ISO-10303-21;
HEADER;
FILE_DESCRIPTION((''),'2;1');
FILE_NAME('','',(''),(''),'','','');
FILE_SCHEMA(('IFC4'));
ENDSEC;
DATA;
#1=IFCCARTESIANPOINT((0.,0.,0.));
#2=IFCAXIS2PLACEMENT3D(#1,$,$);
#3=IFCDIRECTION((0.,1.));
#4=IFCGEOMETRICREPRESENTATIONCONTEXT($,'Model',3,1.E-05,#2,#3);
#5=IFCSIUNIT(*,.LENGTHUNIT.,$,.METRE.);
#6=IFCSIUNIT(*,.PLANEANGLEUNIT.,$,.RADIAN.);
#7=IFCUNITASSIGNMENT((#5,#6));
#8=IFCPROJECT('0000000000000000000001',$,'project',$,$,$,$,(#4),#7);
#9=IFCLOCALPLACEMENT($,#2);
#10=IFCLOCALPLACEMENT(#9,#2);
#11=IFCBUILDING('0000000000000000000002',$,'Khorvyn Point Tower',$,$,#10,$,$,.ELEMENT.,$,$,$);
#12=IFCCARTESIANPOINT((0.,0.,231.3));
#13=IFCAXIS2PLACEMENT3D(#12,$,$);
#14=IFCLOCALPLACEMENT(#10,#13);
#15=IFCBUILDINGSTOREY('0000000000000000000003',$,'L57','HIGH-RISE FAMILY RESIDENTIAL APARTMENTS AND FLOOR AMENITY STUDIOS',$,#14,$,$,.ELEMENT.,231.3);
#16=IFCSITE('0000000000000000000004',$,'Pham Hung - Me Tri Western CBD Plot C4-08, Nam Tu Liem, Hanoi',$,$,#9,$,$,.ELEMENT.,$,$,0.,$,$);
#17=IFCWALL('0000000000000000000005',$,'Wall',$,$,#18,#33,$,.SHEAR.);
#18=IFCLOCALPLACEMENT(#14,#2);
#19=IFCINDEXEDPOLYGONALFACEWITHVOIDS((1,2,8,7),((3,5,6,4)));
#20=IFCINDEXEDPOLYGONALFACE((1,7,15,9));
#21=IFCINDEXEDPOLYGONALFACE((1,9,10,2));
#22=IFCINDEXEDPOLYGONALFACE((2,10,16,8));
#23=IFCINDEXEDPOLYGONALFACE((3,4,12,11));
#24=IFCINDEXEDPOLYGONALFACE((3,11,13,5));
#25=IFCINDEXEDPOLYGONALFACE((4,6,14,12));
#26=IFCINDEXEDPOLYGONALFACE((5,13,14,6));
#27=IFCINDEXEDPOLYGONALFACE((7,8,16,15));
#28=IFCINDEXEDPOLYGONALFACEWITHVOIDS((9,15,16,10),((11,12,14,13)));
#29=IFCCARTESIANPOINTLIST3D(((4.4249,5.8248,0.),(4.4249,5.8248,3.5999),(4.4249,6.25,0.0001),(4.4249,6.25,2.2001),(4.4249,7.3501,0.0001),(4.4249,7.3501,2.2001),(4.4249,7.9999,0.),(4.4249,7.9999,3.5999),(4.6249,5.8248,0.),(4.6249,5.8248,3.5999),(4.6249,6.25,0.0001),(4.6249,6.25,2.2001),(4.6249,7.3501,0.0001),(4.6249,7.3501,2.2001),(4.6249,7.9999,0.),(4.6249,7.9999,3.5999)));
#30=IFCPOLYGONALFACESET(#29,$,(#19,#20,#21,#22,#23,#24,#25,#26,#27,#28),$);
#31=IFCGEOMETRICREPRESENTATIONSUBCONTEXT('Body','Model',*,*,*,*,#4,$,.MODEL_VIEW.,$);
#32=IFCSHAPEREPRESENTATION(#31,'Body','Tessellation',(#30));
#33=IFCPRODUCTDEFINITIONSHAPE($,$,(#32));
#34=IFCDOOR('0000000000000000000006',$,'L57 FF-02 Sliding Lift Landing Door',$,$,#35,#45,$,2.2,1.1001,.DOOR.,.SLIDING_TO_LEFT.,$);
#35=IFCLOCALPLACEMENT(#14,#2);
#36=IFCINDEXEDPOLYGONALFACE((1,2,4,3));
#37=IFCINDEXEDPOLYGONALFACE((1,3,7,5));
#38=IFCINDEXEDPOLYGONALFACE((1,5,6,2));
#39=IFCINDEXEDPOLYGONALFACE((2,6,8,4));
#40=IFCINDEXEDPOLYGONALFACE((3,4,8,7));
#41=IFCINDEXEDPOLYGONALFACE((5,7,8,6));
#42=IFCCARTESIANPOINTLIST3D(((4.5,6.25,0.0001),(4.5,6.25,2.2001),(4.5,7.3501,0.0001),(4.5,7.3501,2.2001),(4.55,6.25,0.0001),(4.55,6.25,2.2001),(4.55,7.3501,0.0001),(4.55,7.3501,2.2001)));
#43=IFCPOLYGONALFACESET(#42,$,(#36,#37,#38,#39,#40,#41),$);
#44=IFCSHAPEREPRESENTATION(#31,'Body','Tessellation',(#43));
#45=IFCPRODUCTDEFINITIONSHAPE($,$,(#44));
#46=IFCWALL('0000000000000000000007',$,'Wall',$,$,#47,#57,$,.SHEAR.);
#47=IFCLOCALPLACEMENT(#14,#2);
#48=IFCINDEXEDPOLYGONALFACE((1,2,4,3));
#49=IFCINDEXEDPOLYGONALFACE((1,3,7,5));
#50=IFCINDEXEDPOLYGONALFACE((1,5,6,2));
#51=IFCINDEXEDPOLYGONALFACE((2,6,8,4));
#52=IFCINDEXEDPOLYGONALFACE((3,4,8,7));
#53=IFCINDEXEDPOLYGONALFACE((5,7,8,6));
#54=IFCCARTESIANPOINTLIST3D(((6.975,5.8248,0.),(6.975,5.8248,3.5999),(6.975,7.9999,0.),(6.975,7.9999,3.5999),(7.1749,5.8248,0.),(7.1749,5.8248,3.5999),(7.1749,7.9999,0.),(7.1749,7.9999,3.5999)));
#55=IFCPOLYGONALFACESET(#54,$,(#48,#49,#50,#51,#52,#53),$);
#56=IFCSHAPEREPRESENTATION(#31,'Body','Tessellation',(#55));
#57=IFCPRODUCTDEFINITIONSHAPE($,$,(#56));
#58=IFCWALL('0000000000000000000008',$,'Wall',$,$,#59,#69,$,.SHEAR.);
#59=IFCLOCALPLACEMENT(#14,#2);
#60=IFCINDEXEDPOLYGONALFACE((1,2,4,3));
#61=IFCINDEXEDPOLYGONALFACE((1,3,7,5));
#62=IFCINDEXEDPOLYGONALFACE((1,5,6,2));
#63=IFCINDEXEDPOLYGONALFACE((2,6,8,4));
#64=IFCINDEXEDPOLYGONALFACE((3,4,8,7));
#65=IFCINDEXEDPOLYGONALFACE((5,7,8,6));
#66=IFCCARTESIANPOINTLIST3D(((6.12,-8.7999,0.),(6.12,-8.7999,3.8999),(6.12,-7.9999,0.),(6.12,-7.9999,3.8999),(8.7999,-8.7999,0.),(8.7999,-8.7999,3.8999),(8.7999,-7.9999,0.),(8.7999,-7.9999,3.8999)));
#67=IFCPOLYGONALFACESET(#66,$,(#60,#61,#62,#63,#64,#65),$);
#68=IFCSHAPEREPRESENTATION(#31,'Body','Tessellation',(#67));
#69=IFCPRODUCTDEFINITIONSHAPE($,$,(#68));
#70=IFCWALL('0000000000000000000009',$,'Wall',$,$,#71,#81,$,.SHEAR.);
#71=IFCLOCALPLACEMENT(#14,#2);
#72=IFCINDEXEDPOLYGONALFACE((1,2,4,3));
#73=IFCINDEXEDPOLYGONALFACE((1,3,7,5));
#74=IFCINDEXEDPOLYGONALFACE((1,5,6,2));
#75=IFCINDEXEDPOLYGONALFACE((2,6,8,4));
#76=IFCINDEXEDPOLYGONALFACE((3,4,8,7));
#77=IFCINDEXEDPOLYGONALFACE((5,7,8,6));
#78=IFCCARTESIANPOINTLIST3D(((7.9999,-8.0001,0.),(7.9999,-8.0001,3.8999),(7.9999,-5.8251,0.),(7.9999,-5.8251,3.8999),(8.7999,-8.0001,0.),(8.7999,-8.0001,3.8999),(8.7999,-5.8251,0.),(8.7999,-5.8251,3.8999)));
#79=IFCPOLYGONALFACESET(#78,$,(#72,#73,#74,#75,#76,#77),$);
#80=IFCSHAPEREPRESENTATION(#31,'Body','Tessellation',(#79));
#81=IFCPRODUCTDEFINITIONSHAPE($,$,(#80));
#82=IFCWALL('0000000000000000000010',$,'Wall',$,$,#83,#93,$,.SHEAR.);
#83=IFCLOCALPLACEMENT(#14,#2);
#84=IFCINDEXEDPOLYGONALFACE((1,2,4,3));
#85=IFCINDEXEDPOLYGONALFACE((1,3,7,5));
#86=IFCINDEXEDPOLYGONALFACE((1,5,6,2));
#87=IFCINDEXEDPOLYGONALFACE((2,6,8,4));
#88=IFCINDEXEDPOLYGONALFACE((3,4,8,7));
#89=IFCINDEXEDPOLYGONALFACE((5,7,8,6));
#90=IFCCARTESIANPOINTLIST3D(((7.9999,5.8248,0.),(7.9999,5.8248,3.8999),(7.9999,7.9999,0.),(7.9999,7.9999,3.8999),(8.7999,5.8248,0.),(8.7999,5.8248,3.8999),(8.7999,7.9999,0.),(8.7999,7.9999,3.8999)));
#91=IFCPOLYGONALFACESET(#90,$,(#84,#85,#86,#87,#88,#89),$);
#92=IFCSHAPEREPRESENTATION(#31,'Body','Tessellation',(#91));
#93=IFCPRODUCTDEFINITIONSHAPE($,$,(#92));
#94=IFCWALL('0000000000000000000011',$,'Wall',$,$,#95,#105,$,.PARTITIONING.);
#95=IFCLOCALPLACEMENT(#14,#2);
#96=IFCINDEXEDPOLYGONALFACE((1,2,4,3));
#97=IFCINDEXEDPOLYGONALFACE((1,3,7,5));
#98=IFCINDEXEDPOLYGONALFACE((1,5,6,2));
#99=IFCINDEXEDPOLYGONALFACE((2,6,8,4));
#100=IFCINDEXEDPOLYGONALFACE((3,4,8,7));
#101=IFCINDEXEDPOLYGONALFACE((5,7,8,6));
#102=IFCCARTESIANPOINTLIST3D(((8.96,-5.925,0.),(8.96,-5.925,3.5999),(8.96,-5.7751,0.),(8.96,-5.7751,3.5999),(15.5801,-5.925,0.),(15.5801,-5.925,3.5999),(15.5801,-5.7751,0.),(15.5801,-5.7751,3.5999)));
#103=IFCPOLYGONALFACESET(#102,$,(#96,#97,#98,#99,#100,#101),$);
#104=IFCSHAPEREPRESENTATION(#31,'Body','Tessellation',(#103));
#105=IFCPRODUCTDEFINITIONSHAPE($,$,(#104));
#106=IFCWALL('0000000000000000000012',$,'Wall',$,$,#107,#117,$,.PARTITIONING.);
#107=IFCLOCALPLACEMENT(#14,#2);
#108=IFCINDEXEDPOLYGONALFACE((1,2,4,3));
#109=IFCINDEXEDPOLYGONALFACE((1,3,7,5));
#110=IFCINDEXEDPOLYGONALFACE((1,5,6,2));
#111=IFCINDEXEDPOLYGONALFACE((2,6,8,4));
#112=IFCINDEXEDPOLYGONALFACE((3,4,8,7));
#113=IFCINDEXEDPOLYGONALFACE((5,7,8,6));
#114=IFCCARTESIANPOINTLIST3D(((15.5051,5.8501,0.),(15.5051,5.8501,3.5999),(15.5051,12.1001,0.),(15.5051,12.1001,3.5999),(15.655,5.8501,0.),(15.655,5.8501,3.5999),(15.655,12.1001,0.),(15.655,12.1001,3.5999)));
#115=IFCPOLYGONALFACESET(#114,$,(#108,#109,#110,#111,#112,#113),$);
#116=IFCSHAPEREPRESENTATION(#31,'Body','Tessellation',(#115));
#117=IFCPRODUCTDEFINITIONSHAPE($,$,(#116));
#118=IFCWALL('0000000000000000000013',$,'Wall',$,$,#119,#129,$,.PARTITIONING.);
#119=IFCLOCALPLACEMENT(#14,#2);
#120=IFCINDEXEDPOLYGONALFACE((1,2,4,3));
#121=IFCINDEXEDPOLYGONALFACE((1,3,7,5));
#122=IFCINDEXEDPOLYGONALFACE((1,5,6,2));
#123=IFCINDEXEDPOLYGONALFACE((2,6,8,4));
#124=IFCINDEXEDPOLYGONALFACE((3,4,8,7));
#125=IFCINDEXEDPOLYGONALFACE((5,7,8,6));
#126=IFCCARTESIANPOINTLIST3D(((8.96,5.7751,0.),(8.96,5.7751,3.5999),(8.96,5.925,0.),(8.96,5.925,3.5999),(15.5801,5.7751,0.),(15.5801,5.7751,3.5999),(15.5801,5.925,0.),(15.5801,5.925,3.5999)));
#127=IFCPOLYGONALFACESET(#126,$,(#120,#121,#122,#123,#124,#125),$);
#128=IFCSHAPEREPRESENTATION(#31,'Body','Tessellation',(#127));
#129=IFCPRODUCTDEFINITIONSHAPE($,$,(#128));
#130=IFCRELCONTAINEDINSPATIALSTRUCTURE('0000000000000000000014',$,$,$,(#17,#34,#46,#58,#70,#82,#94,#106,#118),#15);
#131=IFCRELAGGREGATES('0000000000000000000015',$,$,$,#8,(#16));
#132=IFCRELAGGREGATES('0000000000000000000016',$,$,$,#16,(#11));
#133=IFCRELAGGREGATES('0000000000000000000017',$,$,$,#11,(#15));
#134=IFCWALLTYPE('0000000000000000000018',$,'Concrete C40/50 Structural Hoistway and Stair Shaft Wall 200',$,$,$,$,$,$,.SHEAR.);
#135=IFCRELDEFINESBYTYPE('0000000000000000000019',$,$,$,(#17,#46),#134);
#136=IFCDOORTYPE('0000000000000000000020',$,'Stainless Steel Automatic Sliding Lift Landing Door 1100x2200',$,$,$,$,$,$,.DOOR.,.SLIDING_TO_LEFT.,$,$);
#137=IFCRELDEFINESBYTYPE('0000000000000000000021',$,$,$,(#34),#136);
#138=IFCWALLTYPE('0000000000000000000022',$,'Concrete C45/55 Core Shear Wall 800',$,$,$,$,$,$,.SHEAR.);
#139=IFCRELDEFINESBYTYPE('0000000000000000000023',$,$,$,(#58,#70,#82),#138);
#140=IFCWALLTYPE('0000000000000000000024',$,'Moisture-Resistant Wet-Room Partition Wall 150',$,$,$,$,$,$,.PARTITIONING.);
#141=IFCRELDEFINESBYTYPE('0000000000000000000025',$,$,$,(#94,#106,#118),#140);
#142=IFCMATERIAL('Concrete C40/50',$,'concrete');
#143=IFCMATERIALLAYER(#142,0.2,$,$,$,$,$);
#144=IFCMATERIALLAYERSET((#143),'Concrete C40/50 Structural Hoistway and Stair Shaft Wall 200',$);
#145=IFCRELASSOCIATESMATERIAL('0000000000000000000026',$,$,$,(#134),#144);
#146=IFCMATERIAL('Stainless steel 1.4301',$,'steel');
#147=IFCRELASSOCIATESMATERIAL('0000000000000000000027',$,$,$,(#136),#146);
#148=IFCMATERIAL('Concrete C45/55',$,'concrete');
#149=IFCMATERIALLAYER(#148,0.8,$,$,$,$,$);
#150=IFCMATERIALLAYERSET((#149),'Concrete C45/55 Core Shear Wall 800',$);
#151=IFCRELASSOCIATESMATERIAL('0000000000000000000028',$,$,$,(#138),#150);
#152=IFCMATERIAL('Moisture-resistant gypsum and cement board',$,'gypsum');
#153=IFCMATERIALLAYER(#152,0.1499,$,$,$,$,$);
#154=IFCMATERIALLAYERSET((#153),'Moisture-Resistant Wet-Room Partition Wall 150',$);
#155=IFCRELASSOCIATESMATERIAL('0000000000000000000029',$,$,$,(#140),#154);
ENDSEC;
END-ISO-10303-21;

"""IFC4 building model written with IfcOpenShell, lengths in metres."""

from ifc_helpers import new_model, si_unit, direction, frame, frame_2d, origin, place, context, subcontext, project, spatial, rectangle, extrude, material, layer, layer_set, type_object, element, fill, save


model = new_model("IFC4")

# Units and contexts
model_context = context("Model", 3, precision=1e-05, world=origin(), true_north=direction((0.0, 1.0)))
body_context = subcontext(model_context, "Body", "Model", "MODEL_VIEW")
ifc_project = project(units=[si_unit("LENGTHUNIT", "METRE"), si_unit("PLANEANGLEUNIT", "RADIAN")], contexts=[model_context])

# Site, building, storey
site_placement = place(None, origin())
site = spatial("IfcSite", under=ifc_project, at=site_placement, Name="Pham Hung - Me Tri Western CBD Plot C4-08, Nam Tu Liem, Hanoi", CompositionType="ELEMENT", RefElevation=0.0)
building_placement = place(site_placement, origin())
building = spatial("IfcBuilding", under=site, at=building_placement, Name="Khorvyn Point Tower", CompositionType="ELEMENT")
storey_placement = place(building_placement, frame((0.0, 0.0, 231.3)))
storey = spatial("IfcBuildingStorey", under=building, at=storey_placement, Name="L57", Description="HIGH-RISE FAMILY RESIDENTIAL APARTMENTS AND FLOOR AMENITY STUDIOS", CompositionType="ELEMENT", Elevation=231.3)

# Shared definitions
ifc_material_1 = material(Name="Concrete C45/55", Category="concrete")

# Shared definitions
ifc_material_2 = material(Name="Concrete C40/50", Category="concrete")

# Wall, opening, door
ifc_layer_1 = layer(ifc_material_2, 0.2)
ifc_layer_set_1 = layer_set([ifc_layer_1], Name="Concrete C40/50 Structural Hoistway and Stair Shaft Wall 200")
wall_type_1 = type_object("IfcWallType", Name="Concrete C40/50 Structural Hoistway and Stair Shaft Wall 200", PredefinedType="SHEAR", material=ifc_layer_set_1)
wall_1_placement = place(storey_placement, frame((4.5249, 5.825, 0.0), z_axis=(0.0, 0.0, 1.0), x_axis=(0.0, 1.0, 0.0)))
wall_1 = element("IfcWall", 1, at=wall_1_placement, inside=storey, type_object=wall_type_1, Name="Wall", PredefinedType="SHEAR", context=body_context, shape_type="SweptSolid", body=[
    extrude(rectangle(XDim=2.175, YDim=0.2, at=frame_2d((1.0874, 0.0))), origin(), (0.0, 0.0, 1.0), 3.5999),
])
opening_1_placement = place(wall_1_placement, frame((0.425, 0.0, 0.0)))
opening_1 = element("IfcOpeningElement", 2, at=opening_1_placement, cuts=wall_1, PredefinedType="OPENING", context=body_context, shape_type="SweptSolid", body=[
    extrude(rectangle(XDim=1.1001, YDim=2.2, at=frame_2d((0.55, 1.1001))), frame((0.0, 0.1099, 0.0), z_axis=(0.0, -1.0, 0.0), x_axis=(1.0, 0.0, 0.0)), (0.0, 0.0, 1.0), 0.22),
])
ifc_material_3 = material(Name="Stainless steel 1.4301", Category="steel")
door_type_1 = type_object("IfcDoorType", Name="Stainless Steel Automatic Sliding Lift Landing Door 1100x2200", OperationType="SLIDING_TO_LEFT", PredefinedType="DOOR", material=ifc_material_3)
door_1_placement = place(opening_1_placement, origin())
door_1 = element("IfcDoor", 3, at=door_1_placement, inside=storey, type_object=door_type_1, Name="L57 FF-02 Sliding Lift Landing Door", OperationType="SLIDING_TO_LEFT", OverallHeight=2.2, OverallWidth=1.1001, PredefinedType="DOOR", context=body_context, shape_type="SweptSolid", body=[
    extrude(rectangle(XDim=1.1001, YDim=2.2, at=frame_2d((0.55, 1.1001))), frame((0.0, 0.0249, 0.0), z_axis=(0.0, -1.0, 0.0), x_axis=(1.0, 0.0, 0.0)), (0.0, 0.0, 1.0), 0.05),
])
fill(opening_1, door_1)

# Walls
wall_2_placement = place(storey_placement, frame((7.075, 5.825, 0.0), z_axis=(0.0, 0.0, 1.0), x_axis=(0.0, 1.0, 0.0)))
element("IfcWall", 4, at=wall_2_placement, inside=storey, type_object=wall_type_1, Name="Wall", PredefinedType="SHEAR", context=body_context, shape_type="SweptSolid", body=[
    extrude(rectangle(XDim=2.175, YDim=0.2, at=frame_2d((1.0874, 0.0))), origin(), (0.0, 0.0, 1.0), 3.5999),
])
ifc_layer_2 = layer(ifc_material_1, 0.8)
ifc_layer_set_2 = layer_set([ifc_layer_2], Name="Concrete C45/55 Core Shear Wall 800")
wall_type_2 = type_object("IfcWallType", Name="Concrete C45/55 Core Shear Wall 800", PredefinedType="SHEAR", material=ifc_layer_set_2)
wall_3_placement = place(storey_placement, frame((6.1201, -8.3999, 0.0), z_axis=(0.0, 0.0, 1.0), x_axis=(1.0, 0.0, 0.0)))
element("IfcWall", 5, at=wall_3_placement, inside=storey, type_object=wall_type_2, Name="Wall", PredefinedType="SHEAR", context=body_context, shape_type="SweptSolid", body=[
    extrude(rectangle(XDim=2.6799, YDim=0.8, at=frame_2d((1.3398, 0.0))), origin(), (0.0, 0.0, 1.0), 3.8999),
])
for number, where, z_axis, x_axis, name in (
    (6, (8.3999, -8.0, 0.0), (0.0, 0.0, 1.0), (0.0, 1.0, 0.0), "Wall"),
    (7, (8.3999, 5.825, 0.0), (0.0, 0.0, 1.0), (0.0, 1.0, 0.0), "Wall"),
):
    element("IfcWall", number, at=place(storey_placement, frame(where, z_axis=z_axis, x_axis=x_axis)), inside=storey, type_object=wall_type_2, Name=name, PredefinedType="SHEAR", context=body_context, shape_type="SweptSolid", body=[
        extrude(rectangle(XDim=2.175, YDim=0.8, at=frame_2d((1.0874, 0.0))), origin(), (0.0, 0.0, 1.0), 3.8999),
    ])
ifc_material_4 = material(Name="Moisture-resistant gypsum and cement board", Category="gypsum")
ifc_layer_3 = layer(ifc_material_4, 0.1499)
ifc_layer_set_3 = layer_set([ifc_layer_3], Name="Moisture-Resistant Wet-Room Partition Wall 150")
wall_type_3 = type_object("IfcWallType", Name="Moisture-Resistant Wet-Room Partition Wall 150", PredefinedType="PARTITIONING", material=ifc_layer_set_3)
wall_4_placement = place(storey_placement, frame((8.96, -5.8501, 0.0), z_axis=(0.0, 0.0, 1.0), x_axis=(1.0, 0.0, 0.0)))
element("IfcWall", 8, at=wall_4_placement, inside=storey, type_object=wall_type_3, Name="Wall", PredefinedType="PARTITIONING", context=body_context, shape_type="SweptSolid", body=[
    extrude(rectangle(XDim=6.6201, YDim=0.1499, at=frame_2d((3.3101, 0.0))), origin(), (0.0, 0.0, 1.0), 3.5999),
])
wall_5_placement = place(storey_placement, frame((15.5801, 5.8501, 0.0), z_axis=(0.0, 0.0, 1.0), x_axis=(0.0, 1.0, 0.0)))
element("IfcWall", 9, at=wall_5_placement, inside=storey, type_object=wall_type_3, Name="Wall", PredefinedType="PARTITIONING", context=body_context, shape_type="SweptSolid", body=[
    extrude(rectangle(XDim=6.25, YDim=0.1499, at=frame_2d((3.125, 0.0))), origin(), (0.0, 0.0, 1.0), 3.5999),
])
wall_6_placement = place(storey_placement, frame((8.96, 5.8501, 0.0), z_axis=(0.0, 0.0, 1.0), x_axis=(1.0, 0.0, 0.0)))
element("IfcWall", 10, at=wall_6_placement, inside=storey, type_object=wall_type_3, Name="Wall", PredefinedType="PARTITIONING", context=body_context, shape_type="SweptSolid", body=[
    extrude(rectangle(XDim=6.6201, YDim=0.1499, at=frame_2d((3.3101, 0.0))), origin(), (0.0, 0.0, 1.0), 3.5999),
])

save(model, "model.ifc")
